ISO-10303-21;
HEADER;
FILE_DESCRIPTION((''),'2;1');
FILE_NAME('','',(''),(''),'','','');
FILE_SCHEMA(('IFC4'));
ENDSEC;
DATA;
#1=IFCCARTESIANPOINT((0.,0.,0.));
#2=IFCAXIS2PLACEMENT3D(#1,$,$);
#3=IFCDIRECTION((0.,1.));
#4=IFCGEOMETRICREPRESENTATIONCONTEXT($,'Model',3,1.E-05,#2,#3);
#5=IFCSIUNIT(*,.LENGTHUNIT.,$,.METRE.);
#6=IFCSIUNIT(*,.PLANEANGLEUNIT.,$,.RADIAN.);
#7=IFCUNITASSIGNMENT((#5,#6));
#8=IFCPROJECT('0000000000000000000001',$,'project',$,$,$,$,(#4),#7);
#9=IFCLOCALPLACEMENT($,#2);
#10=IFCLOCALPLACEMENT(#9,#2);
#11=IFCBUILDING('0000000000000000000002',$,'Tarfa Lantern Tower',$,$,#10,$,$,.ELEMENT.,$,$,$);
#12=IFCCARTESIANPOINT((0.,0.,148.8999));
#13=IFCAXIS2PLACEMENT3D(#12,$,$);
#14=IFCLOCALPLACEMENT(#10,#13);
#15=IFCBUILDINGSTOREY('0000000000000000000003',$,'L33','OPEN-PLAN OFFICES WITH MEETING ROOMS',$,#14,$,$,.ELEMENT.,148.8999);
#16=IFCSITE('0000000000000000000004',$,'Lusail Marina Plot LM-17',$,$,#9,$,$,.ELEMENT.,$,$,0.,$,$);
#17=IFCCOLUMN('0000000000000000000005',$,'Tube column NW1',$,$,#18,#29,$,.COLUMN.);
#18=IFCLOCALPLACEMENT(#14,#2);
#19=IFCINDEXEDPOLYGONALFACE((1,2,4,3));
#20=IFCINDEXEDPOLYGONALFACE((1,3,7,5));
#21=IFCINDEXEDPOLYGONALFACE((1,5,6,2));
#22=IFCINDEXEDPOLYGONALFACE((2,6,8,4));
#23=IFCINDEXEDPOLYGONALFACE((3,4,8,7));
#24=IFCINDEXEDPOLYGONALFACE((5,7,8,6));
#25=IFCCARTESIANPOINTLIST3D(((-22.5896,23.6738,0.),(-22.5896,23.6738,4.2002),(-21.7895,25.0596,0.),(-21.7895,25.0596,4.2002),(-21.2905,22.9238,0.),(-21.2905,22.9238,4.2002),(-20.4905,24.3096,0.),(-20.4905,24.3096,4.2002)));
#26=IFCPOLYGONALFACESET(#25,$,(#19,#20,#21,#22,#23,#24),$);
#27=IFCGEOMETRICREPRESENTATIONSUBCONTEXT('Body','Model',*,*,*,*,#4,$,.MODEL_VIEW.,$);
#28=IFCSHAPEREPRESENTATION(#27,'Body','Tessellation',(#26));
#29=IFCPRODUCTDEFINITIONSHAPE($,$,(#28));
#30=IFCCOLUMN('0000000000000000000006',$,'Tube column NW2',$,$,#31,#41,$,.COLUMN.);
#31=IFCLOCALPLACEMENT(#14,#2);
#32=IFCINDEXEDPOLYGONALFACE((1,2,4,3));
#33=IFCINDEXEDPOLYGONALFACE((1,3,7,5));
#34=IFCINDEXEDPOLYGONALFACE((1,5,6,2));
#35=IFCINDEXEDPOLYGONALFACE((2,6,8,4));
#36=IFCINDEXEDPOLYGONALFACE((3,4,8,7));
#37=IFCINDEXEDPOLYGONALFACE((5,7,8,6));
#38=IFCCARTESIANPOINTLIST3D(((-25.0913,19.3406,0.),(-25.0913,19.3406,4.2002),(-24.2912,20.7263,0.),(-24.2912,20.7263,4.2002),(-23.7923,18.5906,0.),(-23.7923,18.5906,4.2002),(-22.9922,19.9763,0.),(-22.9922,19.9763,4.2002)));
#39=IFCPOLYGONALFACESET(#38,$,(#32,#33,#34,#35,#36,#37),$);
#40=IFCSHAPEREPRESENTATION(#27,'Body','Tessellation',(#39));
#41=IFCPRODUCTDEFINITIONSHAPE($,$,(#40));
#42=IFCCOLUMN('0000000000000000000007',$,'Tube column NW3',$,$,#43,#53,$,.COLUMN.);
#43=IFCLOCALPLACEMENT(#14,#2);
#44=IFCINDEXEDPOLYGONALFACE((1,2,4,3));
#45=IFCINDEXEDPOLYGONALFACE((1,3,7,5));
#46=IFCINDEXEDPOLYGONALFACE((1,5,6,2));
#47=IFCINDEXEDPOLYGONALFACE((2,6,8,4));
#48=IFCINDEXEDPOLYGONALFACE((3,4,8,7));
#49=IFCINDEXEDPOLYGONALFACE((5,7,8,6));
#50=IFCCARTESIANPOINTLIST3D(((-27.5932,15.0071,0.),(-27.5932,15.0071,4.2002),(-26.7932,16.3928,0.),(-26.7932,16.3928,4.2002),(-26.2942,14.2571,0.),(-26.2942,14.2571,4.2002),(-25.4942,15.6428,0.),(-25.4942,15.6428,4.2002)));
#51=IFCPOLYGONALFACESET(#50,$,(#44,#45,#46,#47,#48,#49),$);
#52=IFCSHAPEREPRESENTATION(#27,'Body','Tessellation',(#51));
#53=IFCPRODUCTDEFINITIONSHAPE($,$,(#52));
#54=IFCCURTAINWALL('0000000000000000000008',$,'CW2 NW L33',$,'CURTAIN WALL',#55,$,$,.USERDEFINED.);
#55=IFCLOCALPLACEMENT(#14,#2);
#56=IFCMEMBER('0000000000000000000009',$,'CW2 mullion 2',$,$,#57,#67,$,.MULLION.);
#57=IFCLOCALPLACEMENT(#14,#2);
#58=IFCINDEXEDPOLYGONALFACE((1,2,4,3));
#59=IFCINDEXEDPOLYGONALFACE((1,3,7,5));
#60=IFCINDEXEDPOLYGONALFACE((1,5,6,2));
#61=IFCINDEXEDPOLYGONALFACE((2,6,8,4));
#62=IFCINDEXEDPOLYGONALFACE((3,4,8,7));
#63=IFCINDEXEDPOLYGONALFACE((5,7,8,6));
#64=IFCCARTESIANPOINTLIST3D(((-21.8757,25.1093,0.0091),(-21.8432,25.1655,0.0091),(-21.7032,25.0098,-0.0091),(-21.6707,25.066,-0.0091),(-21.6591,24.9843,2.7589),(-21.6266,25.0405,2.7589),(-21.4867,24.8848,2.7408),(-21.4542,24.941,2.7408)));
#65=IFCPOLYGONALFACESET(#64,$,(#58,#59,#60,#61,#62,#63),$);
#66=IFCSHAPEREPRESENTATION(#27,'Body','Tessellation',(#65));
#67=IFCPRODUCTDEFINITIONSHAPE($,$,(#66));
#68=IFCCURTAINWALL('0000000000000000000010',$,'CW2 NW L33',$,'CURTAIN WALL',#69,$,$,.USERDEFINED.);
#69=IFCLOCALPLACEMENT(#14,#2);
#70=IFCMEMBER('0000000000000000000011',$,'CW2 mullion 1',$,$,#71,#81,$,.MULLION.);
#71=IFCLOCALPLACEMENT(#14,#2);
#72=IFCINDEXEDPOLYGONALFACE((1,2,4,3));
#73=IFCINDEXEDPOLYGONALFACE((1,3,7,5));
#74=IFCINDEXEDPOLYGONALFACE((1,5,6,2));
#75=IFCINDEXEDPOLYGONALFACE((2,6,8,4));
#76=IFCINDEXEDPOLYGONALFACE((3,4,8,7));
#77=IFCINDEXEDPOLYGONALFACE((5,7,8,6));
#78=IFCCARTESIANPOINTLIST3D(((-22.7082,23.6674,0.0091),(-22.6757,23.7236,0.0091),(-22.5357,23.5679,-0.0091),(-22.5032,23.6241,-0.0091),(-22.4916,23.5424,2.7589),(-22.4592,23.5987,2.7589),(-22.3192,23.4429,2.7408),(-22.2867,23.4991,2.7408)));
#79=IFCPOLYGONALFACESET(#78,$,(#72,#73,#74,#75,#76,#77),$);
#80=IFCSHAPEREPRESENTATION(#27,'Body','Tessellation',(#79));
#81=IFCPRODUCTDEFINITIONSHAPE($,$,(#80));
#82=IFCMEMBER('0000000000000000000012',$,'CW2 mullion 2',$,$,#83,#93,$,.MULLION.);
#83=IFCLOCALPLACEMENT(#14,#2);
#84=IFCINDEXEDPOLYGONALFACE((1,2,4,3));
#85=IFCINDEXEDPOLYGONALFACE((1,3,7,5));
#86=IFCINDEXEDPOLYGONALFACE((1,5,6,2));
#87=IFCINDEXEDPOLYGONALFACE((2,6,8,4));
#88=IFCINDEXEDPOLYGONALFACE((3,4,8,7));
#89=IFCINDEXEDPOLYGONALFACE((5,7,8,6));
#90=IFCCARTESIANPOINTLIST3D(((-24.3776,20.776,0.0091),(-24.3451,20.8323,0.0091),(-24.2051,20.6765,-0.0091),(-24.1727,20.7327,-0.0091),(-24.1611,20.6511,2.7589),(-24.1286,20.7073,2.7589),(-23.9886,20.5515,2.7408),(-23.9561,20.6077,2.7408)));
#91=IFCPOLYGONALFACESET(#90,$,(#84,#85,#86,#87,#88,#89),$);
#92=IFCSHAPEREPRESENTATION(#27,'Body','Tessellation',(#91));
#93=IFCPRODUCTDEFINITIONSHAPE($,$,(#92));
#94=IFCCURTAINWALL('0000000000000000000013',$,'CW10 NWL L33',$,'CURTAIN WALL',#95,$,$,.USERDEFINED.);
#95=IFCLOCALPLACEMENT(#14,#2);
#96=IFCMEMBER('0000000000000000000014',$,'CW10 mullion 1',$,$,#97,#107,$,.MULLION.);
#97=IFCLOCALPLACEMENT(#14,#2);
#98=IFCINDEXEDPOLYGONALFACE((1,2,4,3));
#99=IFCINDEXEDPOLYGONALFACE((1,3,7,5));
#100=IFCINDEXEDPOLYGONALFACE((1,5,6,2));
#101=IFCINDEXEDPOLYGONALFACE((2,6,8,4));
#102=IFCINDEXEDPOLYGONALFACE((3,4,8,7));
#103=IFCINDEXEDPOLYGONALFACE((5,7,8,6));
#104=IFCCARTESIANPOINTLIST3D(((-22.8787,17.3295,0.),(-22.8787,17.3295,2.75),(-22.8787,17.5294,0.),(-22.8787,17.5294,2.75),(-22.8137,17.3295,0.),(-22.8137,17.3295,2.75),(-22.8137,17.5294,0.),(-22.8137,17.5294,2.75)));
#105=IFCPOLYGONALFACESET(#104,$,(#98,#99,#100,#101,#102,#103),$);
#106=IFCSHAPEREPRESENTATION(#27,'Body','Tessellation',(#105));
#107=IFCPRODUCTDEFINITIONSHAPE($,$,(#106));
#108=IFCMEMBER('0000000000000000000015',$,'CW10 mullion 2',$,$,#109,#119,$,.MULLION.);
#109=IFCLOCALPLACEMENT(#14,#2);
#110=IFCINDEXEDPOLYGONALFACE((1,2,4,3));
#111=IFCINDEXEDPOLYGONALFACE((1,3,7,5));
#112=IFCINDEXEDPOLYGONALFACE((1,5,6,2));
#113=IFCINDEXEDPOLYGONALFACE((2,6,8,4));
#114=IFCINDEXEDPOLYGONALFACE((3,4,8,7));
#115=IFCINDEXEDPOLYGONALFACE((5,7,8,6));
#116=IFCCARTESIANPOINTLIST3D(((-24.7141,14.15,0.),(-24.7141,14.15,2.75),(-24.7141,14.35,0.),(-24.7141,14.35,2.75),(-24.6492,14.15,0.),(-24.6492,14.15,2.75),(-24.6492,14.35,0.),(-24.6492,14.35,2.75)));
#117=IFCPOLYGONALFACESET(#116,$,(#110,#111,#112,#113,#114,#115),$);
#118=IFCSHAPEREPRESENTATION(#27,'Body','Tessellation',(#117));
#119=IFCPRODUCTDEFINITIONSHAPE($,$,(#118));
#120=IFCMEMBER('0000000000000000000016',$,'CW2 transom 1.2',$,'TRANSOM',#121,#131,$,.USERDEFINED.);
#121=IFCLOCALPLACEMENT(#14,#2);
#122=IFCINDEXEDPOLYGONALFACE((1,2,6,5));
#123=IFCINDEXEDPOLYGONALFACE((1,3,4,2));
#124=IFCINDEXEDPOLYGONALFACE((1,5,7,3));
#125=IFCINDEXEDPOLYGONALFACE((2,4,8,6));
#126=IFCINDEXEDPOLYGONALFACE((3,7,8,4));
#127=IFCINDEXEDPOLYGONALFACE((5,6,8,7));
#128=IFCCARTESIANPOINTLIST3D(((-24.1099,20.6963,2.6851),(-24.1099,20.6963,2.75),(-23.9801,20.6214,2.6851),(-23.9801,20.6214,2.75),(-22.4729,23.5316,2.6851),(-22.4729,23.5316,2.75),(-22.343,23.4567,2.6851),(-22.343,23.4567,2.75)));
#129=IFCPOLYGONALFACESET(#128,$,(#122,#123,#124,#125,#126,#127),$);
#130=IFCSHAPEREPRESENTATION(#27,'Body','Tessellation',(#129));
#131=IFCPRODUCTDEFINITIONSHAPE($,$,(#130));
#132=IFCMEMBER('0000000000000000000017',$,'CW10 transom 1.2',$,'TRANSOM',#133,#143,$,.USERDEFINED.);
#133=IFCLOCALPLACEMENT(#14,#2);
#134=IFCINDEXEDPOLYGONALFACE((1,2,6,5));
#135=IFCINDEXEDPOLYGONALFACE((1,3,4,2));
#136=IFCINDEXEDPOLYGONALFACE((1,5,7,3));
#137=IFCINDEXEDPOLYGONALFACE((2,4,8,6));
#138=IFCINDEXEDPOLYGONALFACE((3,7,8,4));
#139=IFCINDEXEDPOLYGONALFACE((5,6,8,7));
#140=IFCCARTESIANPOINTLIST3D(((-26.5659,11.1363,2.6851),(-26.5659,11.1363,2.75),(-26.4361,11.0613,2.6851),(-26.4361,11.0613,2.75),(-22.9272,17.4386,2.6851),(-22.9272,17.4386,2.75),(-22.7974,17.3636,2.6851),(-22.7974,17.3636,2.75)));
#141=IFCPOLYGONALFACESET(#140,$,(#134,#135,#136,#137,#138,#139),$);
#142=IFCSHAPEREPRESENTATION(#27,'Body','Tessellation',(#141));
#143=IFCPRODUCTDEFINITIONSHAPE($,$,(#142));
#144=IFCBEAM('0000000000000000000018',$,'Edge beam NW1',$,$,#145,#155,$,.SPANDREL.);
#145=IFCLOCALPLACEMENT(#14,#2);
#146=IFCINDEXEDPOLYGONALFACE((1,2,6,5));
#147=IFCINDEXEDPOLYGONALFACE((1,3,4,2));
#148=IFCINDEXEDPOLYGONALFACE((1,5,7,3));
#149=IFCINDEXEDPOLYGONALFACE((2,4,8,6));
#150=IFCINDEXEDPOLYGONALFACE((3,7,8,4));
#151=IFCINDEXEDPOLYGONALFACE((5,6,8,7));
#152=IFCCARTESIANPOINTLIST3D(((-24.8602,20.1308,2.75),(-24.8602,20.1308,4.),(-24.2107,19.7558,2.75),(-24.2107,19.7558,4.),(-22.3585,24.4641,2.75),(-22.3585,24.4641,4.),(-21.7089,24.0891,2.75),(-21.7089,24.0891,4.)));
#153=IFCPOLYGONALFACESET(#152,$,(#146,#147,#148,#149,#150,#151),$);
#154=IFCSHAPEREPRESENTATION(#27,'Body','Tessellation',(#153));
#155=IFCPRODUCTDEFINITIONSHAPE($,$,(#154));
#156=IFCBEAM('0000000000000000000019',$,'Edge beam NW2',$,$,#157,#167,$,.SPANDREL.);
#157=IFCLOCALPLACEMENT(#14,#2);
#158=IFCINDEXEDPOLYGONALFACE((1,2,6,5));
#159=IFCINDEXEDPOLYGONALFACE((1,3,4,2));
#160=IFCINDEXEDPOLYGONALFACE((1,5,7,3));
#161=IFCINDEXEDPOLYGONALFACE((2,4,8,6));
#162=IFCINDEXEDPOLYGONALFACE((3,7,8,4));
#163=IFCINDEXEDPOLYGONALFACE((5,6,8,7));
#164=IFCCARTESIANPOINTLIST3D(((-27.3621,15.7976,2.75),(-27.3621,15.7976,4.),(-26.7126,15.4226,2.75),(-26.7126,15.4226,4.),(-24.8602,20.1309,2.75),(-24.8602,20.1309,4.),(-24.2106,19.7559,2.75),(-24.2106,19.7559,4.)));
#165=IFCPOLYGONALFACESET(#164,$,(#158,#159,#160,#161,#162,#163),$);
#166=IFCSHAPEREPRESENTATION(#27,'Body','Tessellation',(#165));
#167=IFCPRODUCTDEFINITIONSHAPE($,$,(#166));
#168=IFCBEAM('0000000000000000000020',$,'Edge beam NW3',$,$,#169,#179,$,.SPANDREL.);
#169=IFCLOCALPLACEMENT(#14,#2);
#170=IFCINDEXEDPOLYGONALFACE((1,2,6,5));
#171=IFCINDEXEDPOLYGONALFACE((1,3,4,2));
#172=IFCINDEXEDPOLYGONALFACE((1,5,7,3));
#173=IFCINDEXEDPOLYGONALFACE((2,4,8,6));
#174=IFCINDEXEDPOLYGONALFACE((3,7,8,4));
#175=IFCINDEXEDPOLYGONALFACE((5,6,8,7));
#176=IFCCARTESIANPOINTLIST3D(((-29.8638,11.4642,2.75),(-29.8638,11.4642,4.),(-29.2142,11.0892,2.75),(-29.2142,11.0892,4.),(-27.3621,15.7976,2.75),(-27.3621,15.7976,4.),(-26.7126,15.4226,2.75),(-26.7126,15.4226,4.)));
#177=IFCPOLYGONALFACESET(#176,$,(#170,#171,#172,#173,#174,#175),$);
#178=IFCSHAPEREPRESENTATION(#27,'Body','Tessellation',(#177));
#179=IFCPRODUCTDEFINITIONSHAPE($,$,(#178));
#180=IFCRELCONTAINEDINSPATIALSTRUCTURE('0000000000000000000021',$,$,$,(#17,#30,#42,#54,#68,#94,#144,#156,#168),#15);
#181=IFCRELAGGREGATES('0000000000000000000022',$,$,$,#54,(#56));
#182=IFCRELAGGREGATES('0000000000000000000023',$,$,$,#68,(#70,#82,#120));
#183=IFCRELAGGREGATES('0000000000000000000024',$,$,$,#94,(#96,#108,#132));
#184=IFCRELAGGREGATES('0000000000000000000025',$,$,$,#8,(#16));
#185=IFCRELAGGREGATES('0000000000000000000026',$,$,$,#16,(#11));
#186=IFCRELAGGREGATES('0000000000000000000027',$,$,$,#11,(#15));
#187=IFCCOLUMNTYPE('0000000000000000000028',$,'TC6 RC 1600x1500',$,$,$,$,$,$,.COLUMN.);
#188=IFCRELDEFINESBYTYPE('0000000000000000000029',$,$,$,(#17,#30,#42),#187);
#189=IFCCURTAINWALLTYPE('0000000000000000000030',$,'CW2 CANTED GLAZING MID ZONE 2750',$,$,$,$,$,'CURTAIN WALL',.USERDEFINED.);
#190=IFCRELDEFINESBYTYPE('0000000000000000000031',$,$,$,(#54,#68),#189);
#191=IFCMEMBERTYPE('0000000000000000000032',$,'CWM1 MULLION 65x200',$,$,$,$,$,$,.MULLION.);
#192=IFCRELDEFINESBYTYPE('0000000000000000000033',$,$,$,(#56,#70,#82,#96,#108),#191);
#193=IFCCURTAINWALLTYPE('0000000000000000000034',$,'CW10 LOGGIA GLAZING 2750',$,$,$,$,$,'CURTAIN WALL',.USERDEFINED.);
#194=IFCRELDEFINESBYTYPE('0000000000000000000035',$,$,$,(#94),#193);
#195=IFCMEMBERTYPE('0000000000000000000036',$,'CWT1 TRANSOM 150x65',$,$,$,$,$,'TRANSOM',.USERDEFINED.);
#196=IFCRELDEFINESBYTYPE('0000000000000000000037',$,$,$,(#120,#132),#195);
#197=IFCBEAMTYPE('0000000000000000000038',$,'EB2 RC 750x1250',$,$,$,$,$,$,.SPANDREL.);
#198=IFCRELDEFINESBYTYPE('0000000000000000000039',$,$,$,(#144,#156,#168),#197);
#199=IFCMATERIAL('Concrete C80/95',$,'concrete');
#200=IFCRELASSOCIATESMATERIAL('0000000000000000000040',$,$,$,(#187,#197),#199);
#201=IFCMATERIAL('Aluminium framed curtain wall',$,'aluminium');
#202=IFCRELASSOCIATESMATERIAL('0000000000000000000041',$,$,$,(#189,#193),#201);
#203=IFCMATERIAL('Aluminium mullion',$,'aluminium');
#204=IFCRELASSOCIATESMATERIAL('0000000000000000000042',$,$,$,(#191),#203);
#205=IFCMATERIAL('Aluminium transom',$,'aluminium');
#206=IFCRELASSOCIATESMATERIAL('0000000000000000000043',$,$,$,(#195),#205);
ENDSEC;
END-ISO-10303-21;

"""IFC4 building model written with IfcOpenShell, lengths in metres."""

from ifc_helpers import new_model, si_unit, direction, frame, origin, origin_2d, place, context, subcontext, project, spatial, rectangle, extrude, material, material_profile, profile_set, type_object, element, aggregate, save


model = new_model("IFC4")

# Units and contexts
model_context = context("Model", 3, precision=1e-05, world=origin(), true_north=direction((0.0, 1.0)))
body_context = subcontext(model_context, "Body", "Model", "MODEL_VIEW")
ifc_project = project(units=[si_unit("LENGTHUNIT", "METRE"), si_unit("PLANEANGLEUNIT", "RADIAN")], contexts=[model_context])

# Site, building, storey
site_placement = place(None, origin())
site = spatial("IfcSite", under=ifc_project, at=site_placement, Name="Lusail Marina Plot LM-17", CompositionType="ELEMENT", RefElevation=0.0)
building_placement = place(site_placement, origin())
building = spatial("IfcBuilding", under=site, at=building_placement, Name="Tarfa Lantern Tower", CompositionType="ELEMENT")
storey_placement = place(building_placement, frame((0.0, 0.0, 148.8999)))
storey = spatial("IfcBuildingStorey", under=building, at=storey_placement, Name="L33", Description="OPEN-PLAN OFFICES WITH MEETING ROOMS", CompositionType="ELEMENT", Elevation=148.8999)

# Columns
ifc_material_1 = material(Name="Concrete C80/95", Category="concrete")
ifc_material_profile_1 = material_profile(ifc_material_1, rectangle(XDim=1.6001, YDim=1.5, at=origin_2d()), Name="RC 1600x1500")
ifc_profile_set_1 = profile_set([ifc_material_profile_1], Name="Concrete C80/95")
column_type = type_object("IfcColumnType", Name="TC6 RC 1600x1500", PredefinedType="COLUMN", material=ifc_profile_set_1)
for number, where, z_axis, x_axis, name in (
    (1, (-21.54, 23.9917, 0.0), (0.0, 0.0, 1.0), (-0.5, -0.866025, 0.0), "Tube column NW1"),
    (2, (-24.0417, 19.6584, 0.0), (0.0, 0.0, 1.0), (-0.5, -0.866025, 0.0), "Tube column NW2"),
    (3, (-26.5437, 15.325, 0.0), (0.0, 0.0, 1.0), (-0.5, -0.866025, 0.0), "Tube column NW3"),
):
    element("IfcColumn", number, at=place(storey_placement, frame(where, z_axis=z_axis, x_axis=x_axis)), inside=storey, type_object=column_type, Name=name, PredefinedType="COLUMN", context=body_context, shape_type="SweptSolid", body=[
        extrude(rectangle(XDim=1.6001, YDim=1.5, at=origin_2d()), origin(), (0.0, 0.0, 1.0), 4.2002),
    ])

# Curtain wall, member
ifc_material_2 = material(Name="Aluminium framed curtain wall", Category="aluminium")
curtain_wall_type_1 = type_object("IfcCurtainWallType", Name="CW2 CANTED GLAZING MID ZONE 2750", ElementType="CURTAIN WALL", PredefinedType="USERDEFINED", material=ifc_material_2)
curtain_wall_1_placement = place(storey_placement, origin())
curtain_wall_1 = element("IfcCurtainWall", 4, at=curtain_wall_1_placement, inside=storey, type_object=curtain_wall_type_1, Name="CW2 NW L33", ObjectType="CURTAIN WALL", PredefinedType="USERDEFINED")
ifc_material_3 = material(Name="Aluminium mullion", Category="aluminium")
ifc_material_profile_2 = material_profile(ifc_material_3, rectangle(XDim=0.0649, YDim=0.2, at=origin_2d()), Name="AL MULLION 65x200")
ifc_profile_set_2 = profile_set([ifc_material_profile_2], Name="Aluminium mullion")
member_type_1 = type_object("IfcMemberType", Name="CWM1 MULLION 65x200", PredefinedType="MULLION", material=ifc_profile_set_2)
member_1_placement = place(storey_placement, frame((-21.7732, 25.0876, 0.0), z_axis=(0.078423, -0.045268, 0.995892), x_axis=(0.49992, 0.866072, 0.0)))
member_1 = element("IfcMember", 5, at=member_1_placement, type_object=member_type_1, Name="CW2 mullion 2", PredefinedType="MULLION", context=body_context, shape_type="SweptSolid", body=[
    extrude(rectangle(XDim=0.0649, YDim=0.2, at=origin_2d()), origin(), (0.0, 0.0, 1.0), 2.7612),
])
aggregate(curtain_wall_1, [member_1])

# Curtain walls, members
curtain_wall_2_placement = place(storey_placement, origin())
curtain_wall_2 = element("IfcCurtainWall", 6, at=curtain_wall_2_placement, inside=storey, type_object=curtain_wall_type_1, Name="CW2 NW L33", ObjectType="CURTAIN WALL", PredefinedType="USERDEFINED")
member_2_placement = place(storey_placement, frame((-22.6057, 23.6458, 0.0), z_axis=(0.078423, -0.045268, 0.995892), x_axis=(0.49992, 0.866072, 0.0)))
member_2 = element("IfcMember", 7, at=member_2_placement, type_object=member_type_1, Name="CW2 mullion 1", PredefinedType="MULLION", context=body_context, shape_type="SweptSolid", body=[
    extrude(rectangle(XDim=0.0649, YDim=0.2, at=origin_2d()), origin(), (0.0, 0.0, 1.0), 2.7612),
])
member_3_placement = place(storey_placement, frame((-24.2751, 20.7544, 0.0), z_axis=(0.078423, -0.045268, 0.995892), x_axis=(0.49992, 0.866072, 0.0)))
member_3 = element("IfcMember", 8, at=member_3_placement, type_object=member_type_1, Name="CW2 mullion 2", PredefinedType="MULLION", context=body_context, shape_type="SweptSolid", body=[
    extrude(rectangle(XDim=0.0649, YDim=0.2, at=origin_2d()), origin(), (0.0, 0.0, 1.0), 2.7612),
])
curtain_wall_type_2 = type_object("IfcCurtainWallType", Name="CW10 LOGGIA GLAZING 2750", ElementType="CURTAIN WALL", PredefinedType="USERDEFINED", material=ifc_material_2)
curtain_wall_3_placement = place(storey_placement, origin())
curtain_wall_3 = element("IfcCurtainWall", 9, at=curtain_wall_3_placement, inside=storey, type_object=curtain_wall_type_2, Name="CW10 NWL L33", ObjectType="CURTAIN WALL", PredefinedType="USERDEFINED")
member_4_placement = place(storey_placement, frame((-22.8462, 17.4294, 0.0), z_axis=(0.0, 0.0, 1.0), x_axis=(1.0, 0.0, 0.0)))
member_4 = element("IfcMember", 10, at=member_4_placement, type_object=member_type_1, Name="CW10 mullion 1", PredefinedType="MULLION", context=body_context, shape_type="SweptSolid", body=[
    extrude(rectangle(XDim=0.0649, YDim=0.2, at=origin_2d()), origin(), (0.0, 0.0, 1.0), 2.75),
])
member_5_placement = place(storey_placement, frame((-24.6816, 14.25, 0.0), z_axis=(0.0, 0.0, 1.0), x_axis=(1.0, 0.0, 0.0)))
member_5 = element("IfcMember", 11, at=member_5_placement, type_object=member_type_1, Name="CW10 mullion 2", PredefinedType="MULLION", context=body_context, shape_type="SweptSolid", body=[
    extrude(rectangle(XDim=0.0649, YDim=0.2, at=origin_2d()), origin(), (0.0, 0.0, 1.0), 2.75),
])

# Members
ifc_material_4 = material(Name="Aluminium transom", Category="aluminium")
ifc_material_profile_3 = material_profile(ifc_material_4, rectangle(XDim=0.1499, YDim=0.0649, at=origin_2d()), Name="AL TRANSOM 150x65")
ifc_profile_set_3 = profile_set([ifc_material_profile_3], Name="Aluminium transom")
member_type_2 = type_object("IfcMemberType", Name="CWT1 TRANSOM 150x65", ElementType="TRANSOM", PredefinedType="USERDEFINED", material=ifc_profile_set_3)
member_6_placement = place(storey_placement, frame((-22.408, 23.4941, 2.7175), z_axis=(-0.500013, -0.866018, 0.0), x_axis=(0.866018, -0.500013, 0.0)))
member_6 = element("IfcMember", 12, at=member_6_placement, type_object=member_type_2, Name="CW2 transom 1.2", ObjectType="TRANSOM", PredefinedType="USERDEFINED", context=body_context, shape_type="SweptSolid", body=[
    extrude(rectangle(XDim=0.1499, YDim=0.0649, at=origin_2d()), origin(), (0.0, 0.0, 1.0), 3.2739),
])
member_7_placement = place(storey_placement, frame((-22.8623, 17.4011, 2.7175), z_axis=(-0.500007, -0.866021, 0.0), x_axis=(0.866021, -0.500007, 0.0)))
member_7 = element("IfcMember", 13, at=member_7_placement, type_object=member_type_2, Name="CW10 transom 1.2", ObjectType="TRANSOM", PredefinedType="USERDEFINED", context=body_context, shape_type="SweptSolid", body=[
    extrude(rectangle(XDim=0.1499, YDim=0.0649, at=origin_2d()), origin(), (0.0, 0.0, 1.0), 7.2773),
])

# Beams
ifc_material_profile_4 = material_profile(ifc_material_1, rectangle(XDim=0.75, YDim=1.25, at=origin_2d()), Name="RC 750x1250")
ifc_profile_set_4 = profile_set([ifc_material_profile_4], Name="Concrete C80/95")
beam_type_1 = type_object("IfcBeamType", Name="EB2 RC 750x1250", PredefinedType="SPANDREL", material=ifc_profile_set_4)
for number, where, z_axis, x_axis, name in (
    (14, (-22.0337, 24.2766, 3.375), (-0.499986, -0.866034, 0.0), (0.866034, -0.499986, 0.0), "Edge beam NW1"),
    (15, (-24.5354, 19.9434, 3.375), (-0.500022, -0.866013, 0.0), (0.866013, -0.500022, 0.0), "Edge beam NW2"),
    (16, (-27.0374, 15.6101, 3.375), (-0.499965, -0.866046, 0.0), (0.866046, -0.499965, 0.0), "Edge beam NW3"),
):
    element("IfcBeam", number, at=place(storey_placement, frame(where, z_axis=z_axis, x_axis=x_axis)), inside=storey, type_object=beam_type_1, Name=name, PredefinedType="SPANDREL", context=body_context, shape_type="SweptSolid", body=[
        extrude(rectangle(XDim=0.75, YDim=1.25, at=origin_2d()), origin(), (0.0, 0.0, 1.0), 5.0037),
    ])

aggregate(curtain_wall_2, [member_2, member_3, member_6])
aggregate(curtain_wall_3, [member_4, member_5, member_7])

save(model, "model.ifc")
